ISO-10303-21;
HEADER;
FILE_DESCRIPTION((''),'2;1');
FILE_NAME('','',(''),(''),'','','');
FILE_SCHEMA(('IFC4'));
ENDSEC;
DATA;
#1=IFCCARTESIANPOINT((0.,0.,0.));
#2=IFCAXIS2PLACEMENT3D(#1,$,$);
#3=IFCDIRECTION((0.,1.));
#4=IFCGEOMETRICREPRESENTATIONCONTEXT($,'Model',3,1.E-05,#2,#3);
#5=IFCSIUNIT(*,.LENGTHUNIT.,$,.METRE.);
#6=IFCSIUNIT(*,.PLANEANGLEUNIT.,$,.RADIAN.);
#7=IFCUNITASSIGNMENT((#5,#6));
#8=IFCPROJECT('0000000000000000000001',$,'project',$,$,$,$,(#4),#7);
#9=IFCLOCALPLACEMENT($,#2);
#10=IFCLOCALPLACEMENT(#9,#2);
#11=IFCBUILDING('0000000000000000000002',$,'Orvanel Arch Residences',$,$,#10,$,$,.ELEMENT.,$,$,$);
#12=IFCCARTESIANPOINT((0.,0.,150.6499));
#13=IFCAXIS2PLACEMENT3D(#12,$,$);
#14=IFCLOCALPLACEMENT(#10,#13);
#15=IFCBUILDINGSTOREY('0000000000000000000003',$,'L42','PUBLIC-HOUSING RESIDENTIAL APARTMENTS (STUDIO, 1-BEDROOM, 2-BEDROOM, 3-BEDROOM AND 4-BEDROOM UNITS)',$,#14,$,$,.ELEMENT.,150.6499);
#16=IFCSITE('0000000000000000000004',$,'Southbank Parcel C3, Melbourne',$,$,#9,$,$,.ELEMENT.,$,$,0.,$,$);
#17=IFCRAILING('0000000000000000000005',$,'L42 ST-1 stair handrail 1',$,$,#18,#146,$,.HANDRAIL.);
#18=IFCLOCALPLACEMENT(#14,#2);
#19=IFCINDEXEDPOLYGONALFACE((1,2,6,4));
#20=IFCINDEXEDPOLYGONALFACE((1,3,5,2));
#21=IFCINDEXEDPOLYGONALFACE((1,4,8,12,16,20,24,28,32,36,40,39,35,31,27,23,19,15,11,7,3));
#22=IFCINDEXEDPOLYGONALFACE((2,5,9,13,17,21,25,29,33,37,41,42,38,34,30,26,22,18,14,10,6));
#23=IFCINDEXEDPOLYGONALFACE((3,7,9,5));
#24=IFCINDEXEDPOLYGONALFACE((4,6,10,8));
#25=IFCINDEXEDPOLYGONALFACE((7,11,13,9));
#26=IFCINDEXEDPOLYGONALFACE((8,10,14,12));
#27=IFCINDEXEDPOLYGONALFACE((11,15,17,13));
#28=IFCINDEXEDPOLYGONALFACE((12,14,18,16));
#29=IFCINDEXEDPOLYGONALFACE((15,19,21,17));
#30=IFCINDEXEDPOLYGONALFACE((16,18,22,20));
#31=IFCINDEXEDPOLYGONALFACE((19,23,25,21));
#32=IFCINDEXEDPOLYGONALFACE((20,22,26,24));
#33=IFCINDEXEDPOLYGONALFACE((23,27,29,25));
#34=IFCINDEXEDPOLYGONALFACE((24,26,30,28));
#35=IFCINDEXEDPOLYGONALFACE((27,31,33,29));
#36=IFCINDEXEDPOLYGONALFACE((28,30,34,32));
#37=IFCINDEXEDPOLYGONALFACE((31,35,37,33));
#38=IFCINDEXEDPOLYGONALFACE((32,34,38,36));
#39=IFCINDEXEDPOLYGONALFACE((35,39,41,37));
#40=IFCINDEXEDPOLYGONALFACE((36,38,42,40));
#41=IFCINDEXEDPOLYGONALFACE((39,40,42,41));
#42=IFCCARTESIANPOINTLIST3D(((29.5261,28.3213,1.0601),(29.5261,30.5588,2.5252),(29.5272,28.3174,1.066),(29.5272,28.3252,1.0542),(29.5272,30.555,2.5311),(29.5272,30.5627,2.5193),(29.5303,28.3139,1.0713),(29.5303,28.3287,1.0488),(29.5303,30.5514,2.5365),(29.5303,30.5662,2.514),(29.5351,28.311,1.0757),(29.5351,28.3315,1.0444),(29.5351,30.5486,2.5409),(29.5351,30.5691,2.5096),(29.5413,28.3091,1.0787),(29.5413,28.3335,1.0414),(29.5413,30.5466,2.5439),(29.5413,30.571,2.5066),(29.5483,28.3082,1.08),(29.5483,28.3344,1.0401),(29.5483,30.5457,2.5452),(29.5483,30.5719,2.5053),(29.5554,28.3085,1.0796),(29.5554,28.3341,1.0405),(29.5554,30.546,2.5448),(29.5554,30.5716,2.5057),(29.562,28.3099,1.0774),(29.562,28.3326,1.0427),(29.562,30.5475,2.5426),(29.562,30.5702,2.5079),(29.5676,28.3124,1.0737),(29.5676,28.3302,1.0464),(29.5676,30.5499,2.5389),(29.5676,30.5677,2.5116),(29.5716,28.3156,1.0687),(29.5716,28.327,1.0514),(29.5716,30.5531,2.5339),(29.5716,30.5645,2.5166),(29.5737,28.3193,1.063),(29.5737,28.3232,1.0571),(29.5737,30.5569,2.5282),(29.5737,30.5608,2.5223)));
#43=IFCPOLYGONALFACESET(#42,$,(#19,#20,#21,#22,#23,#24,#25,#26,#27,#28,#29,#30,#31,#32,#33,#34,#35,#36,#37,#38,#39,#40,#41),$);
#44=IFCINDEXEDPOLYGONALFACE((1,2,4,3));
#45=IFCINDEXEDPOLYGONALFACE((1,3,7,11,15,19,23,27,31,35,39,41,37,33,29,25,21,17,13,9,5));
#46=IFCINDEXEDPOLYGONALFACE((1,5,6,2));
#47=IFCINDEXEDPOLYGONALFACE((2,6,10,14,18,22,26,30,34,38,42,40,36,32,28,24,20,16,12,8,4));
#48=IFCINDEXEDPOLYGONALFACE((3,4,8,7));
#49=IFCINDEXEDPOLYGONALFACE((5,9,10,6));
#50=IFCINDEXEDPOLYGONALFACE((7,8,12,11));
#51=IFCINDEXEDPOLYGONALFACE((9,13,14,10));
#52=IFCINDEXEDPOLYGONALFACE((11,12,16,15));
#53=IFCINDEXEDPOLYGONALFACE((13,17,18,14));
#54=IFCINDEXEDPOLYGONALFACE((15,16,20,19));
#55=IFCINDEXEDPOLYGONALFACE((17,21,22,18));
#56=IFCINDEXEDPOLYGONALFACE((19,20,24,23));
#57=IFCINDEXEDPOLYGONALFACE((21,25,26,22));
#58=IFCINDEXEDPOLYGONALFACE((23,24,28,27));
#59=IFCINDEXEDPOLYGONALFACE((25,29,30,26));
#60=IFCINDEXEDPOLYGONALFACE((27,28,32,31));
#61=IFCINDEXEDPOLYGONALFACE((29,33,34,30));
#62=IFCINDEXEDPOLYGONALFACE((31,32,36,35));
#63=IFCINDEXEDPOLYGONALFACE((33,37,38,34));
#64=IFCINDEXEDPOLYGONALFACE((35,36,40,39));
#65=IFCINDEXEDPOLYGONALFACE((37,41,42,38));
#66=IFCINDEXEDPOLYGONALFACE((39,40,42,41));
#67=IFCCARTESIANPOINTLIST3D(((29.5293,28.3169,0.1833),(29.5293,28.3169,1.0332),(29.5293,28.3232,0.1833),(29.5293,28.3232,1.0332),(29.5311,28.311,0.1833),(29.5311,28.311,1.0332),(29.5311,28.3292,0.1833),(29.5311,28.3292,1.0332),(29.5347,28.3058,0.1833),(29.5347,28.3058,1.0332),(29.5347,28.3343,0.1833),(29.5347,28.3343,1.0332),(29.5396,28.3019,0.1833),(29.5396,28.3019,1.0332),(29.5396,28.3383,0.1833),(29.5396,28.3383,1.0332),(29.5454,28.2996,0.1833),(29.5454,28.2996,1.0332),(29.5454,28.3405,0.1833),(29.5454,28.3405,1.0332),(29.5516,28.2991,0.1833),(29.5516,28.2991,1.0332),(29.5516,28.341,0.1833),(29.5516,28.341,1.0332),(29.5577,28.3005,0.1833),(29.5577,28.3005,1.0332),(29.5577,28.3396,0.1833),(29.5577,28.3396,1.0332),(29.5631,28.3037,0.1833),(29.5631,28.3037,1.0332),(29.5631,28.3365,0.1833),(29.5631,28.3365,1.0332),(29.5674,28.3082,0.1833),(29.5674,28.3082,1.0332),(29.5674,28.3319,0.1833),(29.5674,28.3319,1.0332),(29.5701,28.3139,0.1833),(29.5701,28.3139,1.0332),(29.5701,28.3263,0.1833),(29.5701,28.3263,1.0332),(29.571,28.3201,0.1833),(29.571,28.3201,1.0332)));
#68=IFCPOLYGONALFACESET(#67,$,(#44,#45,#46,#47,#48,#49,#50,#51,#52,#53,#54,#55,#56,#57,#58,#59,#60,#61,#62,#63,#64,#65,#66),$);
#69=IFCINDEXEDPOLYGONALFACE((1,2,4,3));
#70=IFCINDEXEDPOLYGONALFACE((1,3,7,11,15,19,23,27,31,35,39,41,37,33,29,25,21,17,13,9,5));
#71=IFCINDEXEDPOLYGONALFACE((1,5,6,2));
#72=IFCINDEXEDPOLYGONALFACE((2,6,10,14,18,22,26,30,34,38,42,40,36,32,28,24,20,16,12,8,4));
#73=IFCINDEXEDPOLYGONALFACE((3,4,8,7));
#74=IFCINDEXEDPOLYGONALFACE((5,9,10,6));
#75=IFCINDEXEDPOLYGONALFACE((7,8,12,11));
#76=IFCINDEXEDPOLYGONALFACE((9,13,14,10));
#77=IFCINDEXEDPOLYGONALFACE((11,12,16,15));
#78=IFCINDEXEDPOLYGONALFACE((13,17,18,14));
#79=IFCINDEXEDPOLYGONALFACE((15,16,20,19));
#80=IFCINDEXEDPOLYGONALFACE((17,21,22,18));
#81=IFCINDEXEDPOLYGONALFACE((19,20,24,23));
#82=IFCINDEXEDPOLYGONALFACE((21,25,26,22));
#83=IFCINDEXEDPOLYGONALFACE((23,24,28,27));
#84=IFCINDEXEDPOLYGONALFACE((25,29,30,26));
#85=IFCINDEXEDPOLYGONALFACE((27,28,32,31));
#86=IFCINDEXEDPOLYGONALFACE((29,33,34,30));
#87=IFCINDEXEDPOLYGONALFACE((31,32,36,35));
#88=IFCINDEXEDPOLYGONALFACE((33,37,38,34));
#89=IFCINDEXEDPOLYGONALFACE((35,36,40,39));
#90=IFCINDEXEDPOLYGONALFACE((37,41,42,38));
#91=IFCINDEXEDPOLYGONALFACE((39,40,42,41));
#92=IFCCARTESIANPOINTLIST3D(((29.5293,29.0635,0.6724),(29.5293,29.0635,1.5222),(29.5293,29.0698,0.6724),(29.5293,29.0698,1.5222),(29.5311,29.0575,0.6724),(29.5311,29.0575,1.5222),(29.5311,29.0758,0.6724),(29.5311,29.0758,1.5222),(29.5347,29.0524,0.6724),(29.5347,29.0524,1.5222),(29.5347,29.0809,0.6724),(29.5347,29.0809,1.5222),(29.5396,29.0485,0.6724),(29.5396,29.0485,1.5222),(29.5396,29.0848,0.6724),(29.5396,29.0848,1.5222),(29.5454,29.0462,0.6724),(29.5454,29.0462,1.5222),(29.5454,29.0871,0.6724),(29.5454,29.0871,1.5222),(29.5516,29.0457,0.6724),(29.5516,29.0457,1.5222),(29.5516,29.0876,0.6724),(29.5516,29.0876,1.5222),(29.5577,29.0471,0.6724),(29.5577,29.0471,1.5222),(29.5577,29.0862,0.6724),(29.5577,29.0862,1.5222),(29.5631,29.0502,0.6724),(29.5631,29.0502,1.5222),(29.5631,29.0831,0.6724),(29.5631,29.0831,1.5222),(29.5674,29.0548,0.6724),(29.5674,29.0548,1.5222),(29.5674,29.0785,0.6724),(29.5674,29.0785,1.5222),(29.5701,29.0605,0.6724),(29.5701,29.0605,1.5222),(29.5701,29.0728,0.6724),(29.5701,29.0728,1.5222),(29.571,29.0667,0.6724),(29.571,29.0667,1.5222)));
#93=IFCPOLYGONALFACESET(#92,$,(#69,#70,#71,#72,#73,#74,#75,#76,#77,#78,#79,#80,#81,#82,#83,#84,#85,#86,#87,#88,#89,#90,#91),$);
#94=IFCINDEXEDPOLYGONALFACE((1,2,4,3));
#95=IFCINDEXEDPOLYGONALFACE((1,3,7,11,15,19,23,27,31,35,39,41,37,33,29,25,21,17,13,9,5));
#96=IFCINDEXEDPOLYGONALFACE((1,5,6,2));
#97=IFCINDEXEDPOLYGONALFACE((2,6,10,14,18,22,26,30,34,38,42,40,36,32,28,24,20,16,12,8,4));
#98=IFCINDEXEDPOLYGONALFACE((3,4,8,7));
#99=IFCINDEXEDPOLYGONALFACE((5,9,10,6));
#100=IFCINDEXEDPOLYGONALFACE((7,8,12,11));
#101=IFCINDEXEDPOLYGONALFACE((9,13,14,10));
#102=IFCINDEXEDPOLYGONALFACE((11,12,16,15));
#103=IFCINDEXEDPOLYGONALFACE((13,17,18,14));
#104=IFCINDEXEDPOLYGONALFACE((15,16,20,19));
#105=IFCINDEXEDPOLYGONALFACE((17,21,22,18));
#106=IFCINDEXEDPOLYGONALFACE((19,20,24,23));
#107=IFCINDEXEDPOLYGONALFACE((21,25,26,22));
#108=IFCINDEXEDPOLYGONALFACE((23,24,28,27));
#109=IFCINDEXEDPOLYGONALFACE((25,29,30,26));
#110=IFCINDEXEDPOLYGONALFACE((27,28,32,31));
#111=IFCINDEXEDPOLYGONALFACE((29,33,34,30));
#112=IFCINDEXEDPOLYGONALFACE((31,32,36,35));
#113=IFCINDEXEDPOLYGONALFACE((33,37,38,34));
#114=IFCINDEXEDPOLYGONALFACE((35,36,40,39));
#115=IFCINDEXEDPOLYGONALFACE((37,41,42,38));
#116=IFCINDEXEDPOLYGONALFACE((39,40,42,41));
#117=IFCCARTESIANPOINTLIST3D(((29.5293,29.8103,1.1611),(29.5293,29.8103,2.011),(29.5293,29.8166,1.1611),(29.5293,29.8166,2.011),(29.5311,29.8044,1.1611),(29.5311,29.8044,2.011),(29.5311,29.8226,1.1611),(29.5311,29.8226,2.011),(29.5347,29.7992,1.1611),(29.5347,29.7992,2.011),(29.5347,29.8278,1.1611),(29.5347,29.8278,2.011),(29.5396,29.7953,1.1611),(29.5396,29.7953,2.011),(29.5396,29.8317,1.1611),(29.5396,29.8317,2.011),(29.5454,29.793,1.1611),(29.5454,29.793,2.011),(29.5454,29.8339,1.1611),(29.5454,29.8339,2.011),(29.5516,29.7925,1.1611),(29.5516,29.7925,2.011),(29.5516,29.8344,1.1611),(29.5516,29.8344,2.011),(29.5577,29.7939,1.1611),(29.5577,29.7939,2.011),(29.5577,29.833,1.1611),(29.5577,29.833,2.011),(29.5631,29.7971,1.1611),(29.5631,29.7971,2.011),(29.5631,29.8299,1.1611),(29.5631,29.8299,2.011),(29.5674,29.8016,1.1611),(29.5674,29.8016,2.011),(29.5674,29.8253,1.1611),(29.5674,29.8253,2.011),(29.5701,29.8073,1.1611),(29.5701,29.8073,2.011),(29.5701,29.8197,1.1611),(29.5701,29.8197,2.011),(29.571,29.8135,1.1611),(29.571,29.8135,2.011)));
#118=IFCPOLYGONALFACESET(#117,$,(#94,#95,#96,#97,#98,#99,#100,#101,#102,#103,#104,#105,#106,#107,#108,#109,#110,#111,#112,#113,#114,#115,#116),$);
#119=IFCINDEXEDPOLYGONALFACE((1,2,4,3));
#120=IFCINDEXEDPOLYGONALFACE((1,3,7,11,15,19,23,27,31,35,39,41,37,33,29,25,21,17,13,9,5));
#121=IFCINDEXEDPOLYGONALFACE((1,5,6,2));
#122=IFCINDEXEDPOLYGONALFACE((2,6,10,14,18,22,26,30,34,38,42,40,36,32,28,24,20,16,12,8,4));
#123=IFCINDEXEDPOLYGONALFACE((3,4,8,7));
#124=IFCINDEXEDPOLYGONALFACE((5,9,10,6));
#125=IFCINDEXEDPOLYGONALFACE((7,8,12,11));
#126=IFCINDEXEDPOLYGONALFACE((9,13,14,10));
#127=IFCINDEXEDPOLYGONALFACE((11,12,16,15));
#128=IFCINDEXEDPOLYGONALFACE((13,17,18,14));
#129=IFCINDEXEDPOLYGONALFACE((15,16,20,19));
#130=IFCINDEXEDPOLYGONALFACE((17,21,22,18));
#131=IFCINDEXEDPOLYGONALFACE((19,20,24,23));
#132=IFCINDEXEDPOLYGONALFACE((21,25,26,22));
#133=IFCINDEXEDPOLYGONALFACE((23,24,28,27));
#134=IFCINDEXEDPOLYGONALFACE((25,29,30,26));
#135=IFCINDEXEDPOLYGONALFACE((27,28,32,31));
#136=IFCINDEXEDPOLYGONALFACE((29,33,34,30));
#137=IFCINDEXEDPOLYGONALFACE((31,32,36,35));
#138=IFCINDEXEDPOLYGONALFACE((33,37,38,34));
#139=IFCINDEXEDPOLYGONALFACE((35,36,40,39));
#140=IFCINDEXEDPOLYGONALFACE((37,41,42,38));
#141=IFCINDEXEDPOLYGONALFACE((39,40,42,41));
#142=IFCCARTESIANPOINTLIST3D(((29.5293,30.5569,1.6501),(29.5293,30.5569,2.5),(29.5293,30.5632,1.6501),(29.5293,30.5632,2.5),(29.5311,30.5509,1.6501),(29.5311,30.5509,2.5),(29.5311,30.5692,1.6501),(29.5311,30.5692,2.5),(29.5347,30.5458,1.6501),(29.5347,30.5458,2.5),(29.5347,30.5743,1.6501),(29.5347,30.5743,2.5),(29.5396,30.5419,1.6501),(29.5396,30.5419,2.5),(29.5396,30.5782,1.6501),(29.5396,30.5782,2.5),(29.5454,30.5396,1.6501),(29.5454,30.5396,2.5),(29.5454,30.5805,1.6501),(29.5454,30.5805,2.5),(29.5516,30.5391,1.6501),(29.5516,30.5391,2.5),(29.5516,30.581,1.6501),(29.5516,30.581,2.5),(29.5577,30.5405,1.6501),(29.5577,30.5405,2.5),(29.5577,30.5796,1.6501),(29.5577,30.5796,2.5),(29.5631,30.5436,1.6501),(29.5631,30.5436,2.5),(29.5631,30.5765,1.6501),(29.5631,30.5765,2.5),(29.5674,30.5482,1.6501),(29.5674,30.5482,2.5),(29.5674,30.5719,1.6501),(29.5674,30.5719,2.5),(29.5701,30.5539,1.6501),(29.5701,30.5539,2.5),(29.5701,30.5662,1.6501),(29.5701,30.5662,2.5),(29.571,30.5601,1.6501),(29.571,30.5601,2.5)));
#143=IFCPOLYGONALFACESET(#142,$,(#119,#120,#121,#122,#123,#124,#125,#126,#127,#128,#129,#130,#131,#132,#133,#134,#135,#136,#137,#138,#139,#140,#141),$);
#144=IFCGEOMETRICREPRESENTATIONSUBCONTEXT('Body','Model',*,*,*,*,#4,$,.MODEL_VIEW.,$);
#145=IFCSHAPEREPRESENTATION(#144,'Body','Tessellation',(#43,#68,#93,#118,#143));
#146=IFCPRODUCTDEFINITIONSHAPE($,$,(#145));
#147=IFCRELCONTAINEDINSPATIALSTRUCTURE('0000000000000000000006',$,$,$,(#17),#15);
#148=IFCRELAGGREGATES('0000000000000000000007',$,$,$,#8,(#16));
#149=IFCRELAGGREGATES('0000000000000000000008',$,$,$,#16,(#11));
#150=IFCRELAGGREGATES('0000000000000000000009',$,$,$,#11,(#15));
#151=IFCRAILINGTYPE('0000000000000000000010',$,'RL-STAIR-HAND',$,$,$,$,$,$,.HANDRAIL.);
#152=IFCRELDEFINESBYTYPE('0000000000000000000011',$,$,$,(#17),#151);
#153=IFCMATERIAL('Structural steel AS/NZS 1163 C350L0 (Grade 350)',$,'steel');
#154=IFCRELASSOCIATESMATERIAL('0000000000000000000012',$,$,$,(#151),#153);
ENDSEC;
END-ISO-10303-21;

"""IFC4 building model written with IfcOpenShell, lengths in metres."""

from ifc_helpers import new_model, si_unit, direction, frame, origin, origin_2d, place, context, subcontext, project, spatial, circle, extrude, material, type_object, element, save


model = new_model("IFC4")

# Units and contexts
model_context = context("Model", 3, precision=1e-05, world=origin(), true_north=direction((0.0, 1.0)))
body_context = subcontext(model_context, "Body", "Model", "MODEL_VIEW")
ifc_project = project(units=[si_unit("LENGTHUNIT", "METRE"), si_unit("PLANEANGLEUNIT", "RADIAN")], contexts=[model_context])

# Site, building, storey
site_placement = place(None, origin())
site = spatial("IfcSite", under=ifc_project, at=site_placement, Name="Southbank Parcel C3, Melbourne", CompositionType="ELEMENT", RefElevation=0.0)
building_placement = place(site_placement, origin())
building = spatial("IfcBuilding", under=site, at=building_placement, Name="Orvanel Arch Residences", CompositionType="ELEMENT")
storey_placement = place(building_placement, frame((0.0, 0.0, 150.6499)))
storey = spatial("IfcBuildingStorey", under=building, at=storey_placement, Name="L42", Description="PUBLIC-HOUSING RESIDENTIAL APARTMENTS (STUDIO, 1-BEDROOM, 2-BEDROOM, 3-BEDROOM AND 4-BEDROOM UNITS)", CompositionType="ELEMENT", Elevation=150.6499)

# Railing
ifc_material_1 = material(Name="Structural steel AS/NZS 1163 C350L0 (Grade 350)", Category="steel")
railing_type_1 = type_object("IfcRailingType", Name="RL-STAIR-HAND", PredefinedType="HANDRAIL", material=ifc_material_1)
railing_1_placement = place(storey_placement, frame((29.55, 28.3201, 0.1833)))
element("IfcRailing", 1, at=railing_1_placement, inside=storey, type_object=railing_type_1, Name="L42 ST-1 stair handrail 1", PredefinedType="HANDRAIL", context=body_context, shape_type="SweptSolid", body=[
    extrude(circle(Radius=0.0239, at=origin_2d()), frame((0.0, 0.0012, 0.8767), z_axis=(0.0, 0.836595, 0.547822), x_axis=(-1.0, 0.0, 0.0)), (0.0, 0.0, 1.0), 2.6746),
    extrude(circle(Radius=0.021, at=origin_2d()), origin(), (0.0, 0.0, 1.0), 0.8499),
    extrude(circle(Radius=0.021, at=origin_2d()), frame((0.0, 0.7466, 0.489)), (0.0, 0.0, 1.0), 0.8499),
    extrude(circle(Radius=0.021, at=origin_2d()), frame((0.0, 1.4934, 0.9778)), (0.0, 0.0, 1.0), 0.8499),
    extrude(circle(Radius=0.021, at=origin_2d()), frame((0.0, 2.24, 1.4668)), (0.0, 0.0, 1.0), 0.8499),
])

save(model, "model.ifc")
